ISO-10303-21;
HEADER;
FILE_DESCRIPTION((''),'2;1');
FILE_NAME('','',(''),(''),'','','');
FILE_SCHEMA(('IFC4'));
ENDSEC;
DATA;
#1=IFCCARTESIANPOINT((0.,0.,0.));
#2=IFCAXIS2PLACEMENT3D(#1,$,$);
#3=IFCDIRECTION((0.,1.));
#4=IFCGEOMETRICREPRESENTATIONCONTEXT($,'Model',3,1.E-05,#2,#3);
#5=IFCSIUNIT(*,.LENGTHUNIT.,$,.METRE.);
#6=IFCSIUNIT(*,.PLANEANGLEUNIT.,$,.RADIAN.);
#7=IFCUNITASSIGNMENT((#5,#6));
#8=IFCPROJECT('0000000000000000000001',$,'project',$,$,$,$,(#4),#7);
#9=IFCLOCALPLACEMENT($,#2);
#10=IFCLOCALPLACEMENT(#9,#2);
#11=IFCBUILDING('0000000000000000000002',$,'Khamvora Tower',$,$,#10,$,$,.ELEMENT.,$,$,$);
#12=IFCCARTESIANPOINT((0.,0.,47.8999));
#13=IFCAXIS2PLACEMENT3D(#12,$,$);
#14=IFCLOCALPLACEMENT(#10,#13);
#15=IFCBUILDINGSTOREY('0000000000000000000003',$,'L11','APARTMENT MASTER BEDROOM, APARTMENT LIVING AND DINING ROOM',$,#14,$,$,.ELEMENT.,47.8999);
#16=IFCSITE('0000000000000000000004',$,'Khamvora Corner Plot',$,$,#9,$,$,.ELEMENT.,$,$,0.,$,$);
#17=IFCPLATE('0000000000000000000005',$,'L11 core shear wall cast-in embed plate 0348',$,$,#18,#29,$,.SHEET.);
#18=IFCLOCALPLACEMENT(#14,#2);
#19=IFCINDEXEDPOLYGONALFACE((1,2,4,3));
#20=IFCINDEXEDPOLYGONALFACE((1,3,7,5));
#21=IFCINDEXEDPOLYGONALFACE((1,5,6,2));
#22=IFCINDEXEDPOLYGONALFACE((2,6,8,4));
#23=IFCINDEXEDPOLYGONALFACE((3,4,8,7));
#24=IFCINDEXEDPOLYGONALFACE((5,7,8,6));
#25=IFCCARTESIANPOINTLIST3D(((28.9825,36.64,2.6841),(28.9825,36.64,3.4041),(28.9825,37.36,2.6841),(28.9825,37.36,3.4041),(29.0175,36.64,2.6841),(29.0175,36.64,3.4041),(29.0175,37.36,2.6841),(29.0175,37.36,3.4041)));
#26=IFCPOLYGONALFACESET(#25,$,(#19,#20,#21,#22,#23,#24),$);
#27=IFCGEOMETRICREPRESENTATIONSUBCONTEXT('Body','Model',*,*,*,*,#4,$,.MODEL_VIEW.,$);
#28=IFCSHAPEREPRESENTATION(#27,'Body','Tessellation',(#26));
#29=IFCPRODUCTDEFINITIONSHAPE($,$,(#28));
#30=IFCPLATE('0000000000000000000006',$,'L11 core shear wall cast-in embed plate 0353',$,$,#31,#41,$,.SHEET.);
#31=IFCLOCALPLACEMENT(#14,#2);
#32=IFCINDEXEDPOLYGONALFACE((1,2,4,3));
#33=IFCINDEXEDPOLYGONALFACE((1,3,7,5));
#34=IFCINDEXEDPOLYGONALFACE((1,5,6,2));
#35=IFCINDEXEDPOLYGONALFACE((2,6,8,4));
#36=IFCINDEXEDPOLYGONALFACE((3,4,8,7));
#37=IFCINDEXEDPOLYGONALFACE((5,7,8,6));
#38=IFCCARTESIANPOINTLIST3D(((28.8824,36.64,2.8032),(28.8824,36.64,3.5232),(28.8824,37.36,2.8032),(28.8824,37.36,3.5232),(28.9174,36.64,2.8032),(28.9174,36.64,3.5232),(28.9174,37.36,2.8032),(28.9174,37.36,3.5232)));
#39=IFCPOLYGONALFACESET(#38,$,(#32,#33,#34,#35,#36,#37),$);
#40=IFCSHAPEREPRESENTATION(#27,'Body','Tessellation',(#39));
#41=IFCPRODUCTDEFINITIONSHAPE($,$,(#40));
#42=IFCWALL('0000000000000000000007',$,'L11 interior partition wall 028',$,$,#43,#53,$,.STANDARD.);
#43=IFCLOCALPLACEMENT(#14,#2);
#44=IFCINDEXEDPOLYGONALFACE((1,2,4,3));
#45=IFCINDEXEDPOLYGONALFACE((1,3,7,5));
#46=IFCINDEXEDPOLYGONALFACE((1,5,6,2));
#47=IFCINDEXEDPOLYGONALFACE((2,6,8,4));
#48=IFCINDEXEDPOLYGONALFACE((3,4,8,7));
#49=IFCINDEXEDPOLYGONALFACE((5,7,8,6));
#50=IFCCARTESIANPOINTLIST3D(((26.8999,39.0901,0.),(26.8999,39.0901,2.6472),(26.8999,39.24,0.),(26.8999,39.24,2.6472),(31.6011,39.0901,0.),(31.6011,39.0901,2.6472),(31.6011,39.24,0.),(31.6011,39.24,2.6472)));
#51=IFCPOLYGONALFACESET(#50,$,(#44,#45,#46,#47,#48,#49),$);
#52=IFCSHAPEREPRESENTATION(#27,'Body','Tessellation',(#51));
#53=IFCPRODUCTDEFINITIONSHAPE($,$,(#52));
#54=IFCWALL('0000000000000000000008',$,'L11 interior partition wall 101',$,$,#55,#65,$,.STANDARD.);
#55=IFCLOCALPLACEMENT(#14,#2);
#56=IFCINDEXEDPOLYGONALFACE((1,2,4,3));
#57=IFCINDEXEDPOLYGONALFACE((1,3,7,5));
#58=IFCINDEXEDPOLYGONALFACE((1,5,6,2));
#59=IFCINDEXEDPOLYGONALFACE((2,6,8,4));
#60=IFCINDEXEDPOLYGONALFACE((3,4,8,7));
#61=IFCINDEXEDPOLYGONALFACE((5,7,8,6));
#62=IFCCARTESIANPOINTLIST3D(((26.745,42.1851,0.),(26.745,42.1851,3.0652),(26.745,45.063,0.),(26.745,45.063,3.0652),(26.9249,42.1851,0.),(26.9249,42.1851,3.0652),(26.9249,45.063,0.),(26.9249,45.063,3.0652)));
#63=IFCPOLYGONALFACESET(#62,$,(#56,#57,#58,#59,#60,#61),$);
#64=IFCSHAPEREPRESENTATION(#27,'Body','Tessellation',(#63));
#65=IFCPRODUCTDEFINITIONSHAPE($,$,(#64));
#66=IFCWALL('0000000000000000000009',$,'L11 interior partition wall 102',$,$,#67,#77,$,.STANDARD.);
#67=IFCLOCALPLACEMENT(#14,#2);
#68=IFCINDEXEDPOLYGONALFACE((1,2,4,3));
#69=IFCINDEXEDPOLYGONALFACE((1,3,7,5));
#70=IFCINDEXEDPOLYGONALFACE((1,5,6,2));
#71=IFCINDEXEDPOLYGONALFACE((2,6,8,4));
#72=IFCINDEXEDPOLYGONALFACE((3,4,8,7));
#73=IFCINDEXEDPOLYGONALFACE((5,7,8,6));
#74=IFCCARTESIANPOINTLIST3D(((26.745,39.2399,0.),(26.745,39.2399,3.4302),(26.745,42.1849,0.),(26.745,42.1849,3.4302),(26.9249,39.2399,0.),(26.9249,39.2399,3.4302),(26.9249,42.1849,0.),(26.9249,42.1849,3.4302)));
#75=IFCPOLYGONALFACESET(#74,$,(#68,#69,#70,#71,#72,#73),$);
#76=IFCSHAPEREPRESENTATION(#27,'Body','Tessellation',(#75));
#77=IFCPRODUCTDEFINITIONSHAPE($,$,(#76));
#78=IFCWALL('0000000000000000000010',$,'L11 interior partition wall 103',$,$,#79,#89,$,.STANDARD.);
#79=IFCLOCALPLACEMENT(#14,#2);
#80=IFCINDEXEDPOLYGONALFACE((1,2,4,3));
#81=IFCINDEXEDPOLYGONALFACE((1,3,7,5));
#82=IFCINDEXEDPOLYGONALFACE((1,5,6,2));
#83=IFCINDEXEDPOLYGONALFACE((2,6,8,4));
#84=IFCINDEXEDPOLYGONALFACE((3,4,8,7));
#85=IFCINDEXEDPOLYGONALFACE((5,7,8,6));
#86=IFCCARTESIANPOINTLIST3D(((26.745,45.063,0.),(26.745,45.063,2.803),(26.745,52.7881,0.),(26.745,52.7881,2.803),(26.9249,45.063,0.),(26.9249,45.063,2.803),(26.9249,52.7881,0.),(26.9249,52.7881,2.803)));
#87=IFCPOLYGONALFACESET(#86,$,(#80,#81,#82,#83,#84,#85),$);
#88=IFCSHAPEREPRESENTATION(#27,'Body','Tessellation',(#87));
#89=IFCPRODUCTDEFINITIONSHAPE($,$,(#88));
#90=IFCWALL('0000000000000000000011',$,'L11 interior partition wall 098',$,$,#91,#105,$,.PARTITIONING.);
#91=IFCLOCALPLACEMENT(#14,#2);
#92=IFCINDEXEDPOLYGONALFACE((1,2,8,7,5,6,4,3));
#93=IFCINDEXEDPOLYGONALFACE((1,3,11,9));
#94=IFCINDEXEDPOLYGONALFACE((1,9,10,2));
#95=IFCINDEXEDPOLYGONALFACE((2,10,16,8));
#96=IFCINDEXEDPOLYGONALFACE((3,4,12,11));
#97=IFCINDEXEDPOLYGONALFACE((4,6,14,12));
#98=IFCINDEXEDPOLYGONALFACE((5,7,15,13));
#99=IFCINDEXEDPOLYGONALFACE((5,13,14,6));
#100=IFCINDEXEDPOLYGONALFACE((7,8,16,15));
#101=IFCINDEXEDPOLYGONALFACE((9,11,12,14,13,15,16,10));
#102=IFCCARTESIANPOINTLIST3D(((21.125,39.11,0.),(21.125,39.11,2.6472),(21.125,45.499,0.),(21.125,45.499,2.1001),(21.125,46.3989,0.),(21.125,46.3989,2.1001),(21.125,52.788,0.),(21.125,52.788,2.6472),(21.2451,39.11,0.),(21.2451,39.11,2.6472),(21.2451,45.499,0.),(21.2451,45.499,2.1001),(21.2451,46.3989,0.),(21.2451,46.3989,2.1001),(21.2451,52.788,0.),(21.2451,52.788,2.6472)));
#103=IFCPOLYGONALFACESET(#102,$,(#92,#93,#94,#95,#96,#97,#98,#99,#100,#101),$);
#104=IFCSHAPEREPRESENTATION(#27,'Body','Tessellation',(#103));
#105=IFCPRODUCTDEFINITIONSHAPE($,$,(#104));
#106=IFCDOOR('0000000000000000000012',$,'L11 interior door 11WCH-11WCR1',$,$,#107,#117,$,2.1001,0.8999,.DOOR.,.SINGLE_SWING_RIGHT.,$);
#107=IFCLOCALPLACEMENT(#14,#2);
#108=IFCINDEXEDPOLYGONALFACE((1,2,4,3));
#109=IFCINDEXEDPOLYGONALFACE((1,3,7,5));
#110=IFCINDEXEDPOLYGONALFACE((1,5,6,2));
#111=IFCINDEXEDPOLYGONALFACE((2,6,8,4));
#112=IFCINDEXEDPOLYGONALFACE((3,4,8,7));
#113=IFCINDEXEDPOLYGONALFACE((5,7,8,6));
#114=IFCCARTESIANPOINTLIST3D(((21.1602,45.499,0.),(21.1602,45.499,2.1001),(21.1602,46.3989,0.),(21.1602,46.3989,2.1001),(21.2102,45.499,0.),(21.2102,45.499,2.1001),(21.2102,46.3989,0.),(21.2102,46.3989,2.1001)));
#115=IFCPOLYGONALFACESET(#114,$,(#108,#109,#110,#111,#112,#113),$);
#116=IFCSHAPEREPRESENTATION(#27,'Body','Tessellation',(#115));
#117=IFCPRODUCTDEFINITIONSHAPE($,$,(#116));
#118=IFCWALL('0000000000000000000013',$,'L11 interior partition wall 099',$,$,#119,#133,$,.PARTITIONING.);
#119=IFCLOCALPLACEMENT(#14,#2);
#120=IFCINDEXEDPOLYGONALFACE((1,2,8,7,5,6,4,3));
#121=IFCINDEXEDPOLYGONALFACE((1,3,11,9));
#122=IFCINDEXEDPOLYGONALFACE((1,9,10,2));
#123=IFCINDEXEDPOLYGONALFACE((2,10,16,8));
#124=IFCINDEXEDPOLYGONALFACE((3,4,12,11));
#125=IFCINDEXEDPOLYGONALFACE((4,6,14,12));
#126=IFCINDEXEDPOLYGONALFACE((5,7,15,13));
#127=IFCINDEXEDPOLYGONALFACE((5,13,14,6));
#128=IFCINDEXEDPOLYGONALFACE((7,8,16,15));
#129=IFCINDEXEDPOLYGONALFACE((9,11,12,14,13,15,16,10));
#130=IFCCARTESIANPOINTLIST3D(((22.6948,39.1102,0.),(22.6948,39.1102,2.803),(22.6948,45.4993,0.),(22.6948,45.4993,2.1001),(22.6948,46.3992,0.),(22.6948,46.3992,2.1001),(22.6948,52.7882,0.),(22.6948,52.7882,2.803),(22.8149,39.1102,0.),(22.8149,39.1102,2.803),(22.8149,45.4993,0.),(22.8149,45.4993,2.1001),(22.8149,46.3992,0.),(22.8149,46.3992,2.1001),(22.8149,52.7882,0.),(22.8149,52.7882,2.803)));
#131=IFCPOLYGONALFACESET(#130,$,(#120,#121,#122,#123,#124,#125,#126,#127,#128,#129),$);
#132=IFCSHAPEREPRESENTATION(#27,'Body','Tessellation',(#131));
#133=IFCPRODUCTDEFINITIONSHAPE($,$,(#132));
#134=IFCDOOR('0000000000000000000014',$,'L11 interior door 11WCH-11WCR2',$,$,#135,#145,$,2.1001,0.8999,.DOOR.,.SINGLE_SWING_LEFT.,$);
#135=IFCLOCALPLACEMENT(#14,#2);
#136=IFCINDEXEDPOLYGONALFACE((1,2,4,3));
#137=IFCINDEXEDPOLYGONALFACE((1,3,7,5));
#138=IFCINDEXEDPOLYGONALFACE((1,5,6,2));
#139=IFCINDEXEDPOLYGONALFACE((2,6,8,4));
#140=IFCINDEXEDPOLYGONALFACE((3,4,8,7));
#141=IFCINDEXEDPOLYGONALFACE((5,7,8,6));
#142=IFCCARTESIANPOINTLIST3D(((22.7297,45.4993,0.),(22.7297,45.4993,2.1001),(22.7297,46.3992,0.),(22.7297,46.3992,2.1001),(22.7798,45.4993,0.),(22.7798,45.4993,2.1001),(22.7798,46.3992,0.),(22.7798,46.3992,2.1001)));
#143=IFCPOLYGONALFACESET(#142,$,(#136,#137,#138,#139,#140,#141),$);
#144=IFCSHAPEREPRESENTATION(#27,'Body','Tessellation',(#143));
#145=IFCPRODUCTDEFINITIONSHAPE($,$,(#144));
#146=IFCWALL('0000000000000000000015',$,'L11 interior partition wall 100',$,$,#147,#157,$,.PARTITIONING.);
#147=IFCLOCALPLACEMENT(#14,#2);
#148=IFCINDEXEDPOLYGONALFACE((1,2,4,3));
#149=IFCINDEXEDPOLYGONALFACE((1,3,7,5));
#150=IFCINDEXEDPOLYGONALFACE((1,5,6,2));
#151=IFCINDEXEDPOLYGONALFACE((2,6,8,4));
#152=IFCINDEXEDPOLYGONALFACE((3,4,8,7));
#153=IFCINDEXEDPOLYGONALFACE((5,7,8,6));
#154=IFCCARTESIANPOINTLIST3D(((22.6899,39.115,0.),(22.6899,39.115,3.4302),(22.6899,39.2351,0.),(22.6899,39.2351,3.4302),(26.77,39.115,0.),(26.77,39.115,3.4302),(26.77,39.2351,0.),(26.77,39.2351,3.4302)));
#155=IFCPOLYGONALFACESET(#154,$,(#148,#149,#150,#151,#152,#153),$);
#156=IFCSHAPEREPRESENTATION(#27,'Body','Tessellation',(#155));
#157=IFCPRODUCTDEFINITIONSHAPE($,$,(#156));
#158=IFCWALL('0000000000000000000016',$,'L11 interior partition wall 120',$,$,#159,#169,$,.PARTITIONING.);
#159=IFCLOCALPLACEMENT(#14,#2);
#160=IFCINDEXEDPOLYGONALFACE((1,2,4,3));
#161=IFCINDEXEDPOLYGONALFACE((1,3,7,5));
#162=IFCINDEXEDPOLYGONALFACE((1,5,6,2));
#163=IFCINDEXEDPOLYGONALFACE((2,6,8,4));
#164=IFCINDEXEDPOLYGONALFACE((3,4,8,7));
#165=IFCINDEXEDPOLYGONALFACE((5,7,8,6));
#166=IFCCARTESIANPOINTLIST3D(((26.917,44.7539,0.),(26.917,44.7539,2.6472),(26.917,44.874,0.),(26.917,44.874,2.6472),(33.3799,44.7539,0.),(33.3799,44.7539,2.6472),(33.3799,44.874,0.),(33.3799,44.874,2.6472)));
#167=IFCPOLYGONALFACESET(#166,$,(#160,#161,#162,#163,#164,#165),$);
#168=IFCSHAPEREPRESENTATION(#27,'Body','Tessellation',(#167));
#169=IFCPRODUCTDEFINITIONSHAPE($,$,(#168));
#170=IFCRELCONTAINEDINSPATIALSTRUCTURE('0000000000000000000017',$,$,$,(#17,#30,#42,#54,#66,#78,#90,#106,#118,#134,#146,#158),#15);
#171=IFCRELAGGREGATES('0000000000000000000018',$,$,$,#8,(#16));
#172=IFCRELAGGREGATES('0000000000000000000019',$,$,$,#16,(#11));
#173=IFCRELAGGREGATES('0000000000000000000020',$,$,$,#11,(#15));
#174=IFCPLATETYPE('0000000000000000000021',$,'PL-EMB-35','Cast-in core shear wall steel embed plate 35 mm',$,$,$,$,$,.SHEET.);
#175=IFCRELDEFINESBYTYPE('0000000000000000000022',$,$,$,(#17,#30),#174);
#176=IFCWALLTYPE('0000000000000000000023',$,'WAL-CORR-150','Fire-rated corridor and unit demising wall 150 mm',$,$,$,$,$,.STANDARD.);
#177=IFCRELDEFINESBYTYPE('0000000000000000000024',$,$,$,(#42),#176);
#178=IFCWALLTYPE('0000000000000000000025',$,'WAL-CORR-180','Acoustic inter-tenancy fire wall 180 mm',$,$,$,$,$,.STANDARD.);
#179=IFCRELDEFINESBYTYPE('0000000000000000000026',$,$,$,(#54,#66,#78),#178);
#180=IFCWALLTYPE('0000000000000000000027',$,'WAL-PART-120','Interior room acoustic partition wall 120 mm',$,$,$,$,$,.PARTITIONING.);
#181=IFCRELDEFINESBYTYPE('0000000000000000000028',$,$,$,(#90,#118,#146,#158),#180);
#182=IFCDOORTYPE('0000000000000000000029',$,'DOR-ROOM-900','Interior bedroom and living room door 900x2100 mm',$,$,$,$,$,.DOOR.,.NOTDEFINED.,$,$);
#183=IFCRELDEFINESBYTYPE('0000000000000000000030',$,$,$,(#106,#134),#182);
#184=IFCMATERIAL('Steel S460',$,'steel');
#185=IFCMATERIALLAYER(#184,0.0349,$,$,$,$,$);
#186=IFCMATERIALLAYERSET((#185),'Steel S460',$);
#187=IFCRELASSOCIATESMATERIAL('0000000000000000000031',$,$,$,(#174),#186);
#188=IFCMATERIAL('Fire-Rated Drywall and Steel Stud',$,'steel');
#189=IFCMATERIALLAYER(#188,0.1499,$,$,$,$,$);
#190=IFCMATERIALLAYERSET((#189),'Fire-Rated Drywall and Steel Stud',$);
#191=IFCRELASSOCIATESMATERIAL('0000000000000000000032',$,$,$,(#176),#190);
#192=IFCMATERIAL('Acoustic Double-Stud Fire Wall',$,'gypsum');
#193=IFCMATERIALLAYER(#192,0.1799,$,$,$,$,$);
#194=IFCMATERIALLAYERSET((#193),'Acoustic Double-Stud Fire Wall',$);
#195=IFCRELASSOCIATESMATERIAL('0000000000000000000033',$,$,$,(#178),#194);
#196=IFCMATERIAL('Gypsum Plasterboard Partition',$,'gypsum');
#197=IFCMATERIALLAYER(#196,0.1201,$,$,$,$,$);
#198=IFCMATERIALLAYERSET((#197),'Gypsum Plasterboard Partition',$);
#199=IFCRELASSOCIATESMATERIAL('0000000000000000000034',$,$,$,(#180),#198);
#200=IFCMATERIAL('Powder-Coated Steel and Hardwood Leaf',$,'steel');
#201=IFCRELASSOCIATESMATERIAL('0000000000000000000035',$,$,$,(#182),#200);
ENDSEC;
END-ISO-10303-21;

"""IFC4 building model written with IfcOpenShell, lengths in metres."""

from ifc_helpers import new_model, si_unit, direction, frame, frame_2d, origin, origin_2d, place, context, subcontext, project, spatial, rectangle, extrude, material, layer, layer_set, type_object, element, fill, save


model = new_model("IFC4")

# Units and contexts
model_context = context("Model", 3, precision=1e-05, world=origin(), true_north=direction((0.0, 1.0)))
body_context = subcontext(model_context, "Body", "Model", "MODEL_VIEW")
ifc_project = project(units=[si_unit("LENGTHUNIT", "METRE"), si_unit("PLANEANGLEUNIT", "RADIAN")], contexts=[model_context])

# Site, building, storey
site_placement = place(None, origin())
site = spatial("IfcSite", under=ifc_project, at=site_placement, Name="Khamvora Corner Plot", CompositionType="ELEMENT", RefElevation=0.0)
building_placement = place(site_placement, origin())
building = spatial("IfcBuilding", under=site, at=building_placement, Name="Khamvora Tower", CompositionType="ELEMENT")
storey_placement = place(building_placement, frame((0.0, 0.0, 47.8999)))
storey = spatial("IfcBuildingStorey", under=building, at=storey_placement, Name="L11", Description="APARTMENT MASTER BEDROOM, APARTMENT LIVING AND DINING ROOM", CompositionType="ELEMENT", Elevation=47.8999)

# Shared definitions
ifc_material_1 = material(Name="Steel S460", Category="steel")

# Plates
ifc_layer_1 = layer(ifc_material_1, 0.0349)
ifc_layer_set_1 = layer_set([ifc_layer_1], Name="Steel S460")
plate_type = type_object("IfcPlateType", Name="PL-EMB-35", Description="Cast-in core shear wall steel embed plate 35 mm", PredefinedType="SHEET", material=ifc_layer_set_1)
for number, where, z_axis, x_axis, name in (
    (1, (29.0, 37.0, 2.6841), (0.0, 0.0, 1.0), (1.0, 0.0, 0.0), "L11 core shear wall cast-in embed plate 0348"),
    (2, (28.8999, 37.0, 2.8032), (0.0, 0.0, 1.0), (1.0, 0.0, 0.0), "L11 core shear wall cast-in embed plate 0353"),
):
    element("IfcPlate", number, at=place(storey_placement, frame(where, z_axis=z_axis, x_axis=x_axis)), inside=storey, type_object=plate_type, Name=name, PredefinedType="SHEET", context=body_context, shape_type="SweptSolid", body=[
        extrude(rectangle(XDim=0.0349, YDim=0.72, at=origin_2d()), origin(), (0.0, 0.0, 1.0), 0.72),
    ])

# Walls
ifc_material_2 = material(Name="Fire-Rated Drywall and Steel Stud", Category="steel")
ifc_layer_2 = layer(ifc_material_2, 0.1499)
ifc_layer_set_2 = layer_set([ifc_layer_2], Name="Fire-Rated Drywall and Steel Stud")
wall_type_1 = type_object("IfcWallType", Name="WAL-CORR-150", Description="Fire-rated corridor and unit demising wall 150 mm", PredefinedType="STANDARD", material=ifc_layer_set_2)
wall_1_placement = place(storey_placement, frame((26.8999, 39.165, 0.0), z_axis=(0.0, 0.0, 1.0), x_axis=(1.0, 0.0, 0.0)))
element("IfcWall", 3, at=wall_1_placement, inside=storey, type_object=wall_type_1, Name="L11 interior partition wall 028", PredefinedType="STANDARD", context=body_context, shape_type="SweptSolid", body=[
    extrude(rectangle(XDim=4.7012, YDim=0.1499, at=frame_2d((2.3506, 0.0))), origin(), (0.0, 0.0, 1.0), 2.6472),
])
ifc_material_3 = material(Name="Acoustic Double-Stud Fire Wall", Category="gypsum")
ifc_layer_3 = layer(ifc_material_3, 0.1799)
ifc_layer_set_3 = layer_set([ifc_layer_3], Name="Acoustic Double-Stud Fire Wall")
wall_type_2 = type_object("IfcWallType", Name="WAL-CORR-180", Description="Acoustic inter-tenancy fire wall 180 mm", PredefinedType="STANDARD", material=ifc_layer_set_3)
wall_2_placement = place(storey_placement, frame((26.835, 45.063, 0.0), z_axis=(0.0, 0.0, 1.0), x_axis=(0.0, -1.0, 0.0)))
element("IfcWall", 4, at=wall_2_placement, inside=storey, type_object=wall_type_2, Name="L11 interior partition wall 101", PredefinedType="STANDARD", context=body_context, shape_type="SweptSolid", body=[
    extrude(rectangle(XDim=2.8779, YDim=0.1799, at=frame_2d((1.439, 0.0))), origin(), (0.0, 0.0, 1.0), 3.0652),
])
wall_3_placement = place(storey_placement, frame((26.835, 42.1851, 0.0), z_axis=(0.0, 0.0, 1.0), x_axis=(0.0, -1.0, 0.0)))
element("IfcWall", 5, at=wall_3_placement, inside=storey, type_object=wall_type_2, Name="L11 interior partition wall 102", PredefinedType="STANDARD", context=body_context, shape_type="SweptSolid", body=[
    extrude(rectangle(XDim=2.9451, YDim=0.1799, at=frame_2d((1.4727, 0.0))), origin(), (0.0, 0.0, 1.0), 3.4302),
])
wall_4_placement = place(storey_placement, frame((26.835, 52.7881, 0.0), z_axis=(0.0, 0.0, 1.0), x_axis=(0.0, -1.0, 0.0)))
element("IfcWall", 6, at=wall_4_placement, inside=storey, type_object=wall_type_2, Name="L11 interior partition wall 103", PredefinedType="STANDARD", context=body_context, shape_type="SweptSolid", body=[
    extrude(rectangle(XDim=7.7251, YDim=0.1799, at=frame_2d((3.8625, 0.0))), origin(), (0.0, 0.0, 1.0), 2.803),
])

# Walls, openings, doors
ifc_material_4 = material(Name="Gypsum Plasterboard Partition", Category="gypsum")
ifc_layer_4 = layer(ifc_material_4, 0.1201)
ifc_layer_set_4 = layer_set([ifc_layer_4], Name="Gypsum Plasterboard Partition")
wall_type_3 = type_object("IfcWallType", Name="WAL-PART-120", Description="Interior room acoustic partition wall 120 mm", PredefinedType="PARTITIONING", material=ifc_layer_set_4)
wall_5_placement = place(storey_placement, frame((21.1851, 39.1101, 0.0), z_axis=(0.0, 0.0, 1.0), x_axis=(0.0, 1.0, 0.0)))
wall_5 = element("IfcWall", 7, at=wall_5_placement, inside=storey, type_object=wall_type_3, Name="L11 interior partition wall 098", PredefinedType="PARTITIONING", context=body_context, shape_type="SweptSolid", body=[
    extrude(rectangle(XDim=13.678, YDim=0.1201, at=frame_2d((6.8389, 0.0))), origin(), (0.0, 0.0, 1.0), 2.6472),
])
opening_1_placement = place(wall_5_placement, frame((6.3889, 0.0, 0.0)))
opening_1 = element("IfcOpeningElement", 8, at=opening_1_placement, cuts=wall_5, PredefinedType="OPENING", context=body_context, shape_type="SweptSolid", body=[
    extrude(rectangle(XDim=0.8999, YDim=2.1001, at=frame_2d((0.45, 1.05))), frame((0.0, 0.0701, 0.0), z_axis=(0.0, -1.0, 0.0), x_axis=(1.0, 0.0, 0.0)), (0.0, 0.0, 1.0), 0.1401),
])
ifc_material_5 = material(Name="Powder-Coated Steel and Hardwood Leaf", Category="steel")
door_type_1 = type_object("IfcDoorType", Name="DOR-ROOM-900", Description="Interior bedroom and living room door 900x2100 mm", OperationType="NOTDEFINED", PredefinedType="DOOR", material=ifc_material_5)
door_1_placement = place(opening_1_placement, origin())
door_1 = element("IfcDoor", 9, at=door_1_placement, inside=storey, type_object=door_type_1, Name="L11 interior door 11WCH-11WCR1", OperationType="SINGLE_SWING_RIGHT", OverallHeight=2.1001, OverallWidth=0.8999, PredefinedType="DOOR", context=body_context, shape_type="SweptSolid", body=[
    extrude(rectangle(XDim=0.8999, YDim=2.1001, at=frame_2d((0.45, 1.05))), frame((0.0, 0.0249, 0.0), z_axis=(0.0, -1.0, 0.0), x_axis=(1.0, 0.0, 0.0)), (0.0, 0.0, 1.0), 0.05),
])
fill(opening_1, door_1)
wall_6_placement = place(storey_placement, frame((22.7549, 52.7881, 0.0), z_axis=(0.0, 0.0, 1.0), x_axis=(0.0, -1.0, 0.0)))
wall_6 = element("IfcWall", 10, at=wall_6_placement, inside=storey, type_object=wall_type_3, Name="L11 interior partition wall 099", PredefinedType="PARTITIONING", context=body_context, shape_type="SweptSolid", body=[
    extrude(rectangle(XDim=13.678, YDim=0.1201, at=frame_2d((6.8389, 0.0))), origin(), (0.0, 0.0, 1.0), 2.803),
])
opening_2_placement = place(wall_6_placement, frame((6.3889, 0.0, 0.0)))
opening_2 = element("IfcOpeningElement", 11, at=opening_2_placement, cuts=wall_6, PredefinedType="OPENING", context=body_context, shape_type="SweptSolid", body=[
    extrude(rectangle(XDim=0.8999, YDim=2.1001, at=frame_2d((0.45, 1.05))), frame((0.0, 0.0701, 0.0), z_axis=(0.0, -1.0, 0.0), x_axis=(1.0, 0.0, 0.0)), (0.0, 0.0, 1.0), 0.1401),
])
door_2_placement = place(opening_2_placement, origin())
door_2 = element("IfcDoor", 12, at=door_2_placement, inside=storey, type_object=door_type_1, Name="L11 interior door 11WCH-11WCR2", OperationType="SINGLE_SWING_LEFT", OverallHeight=2.1001, OverallWidth=0.8999, PredefinedType="DOOR", context=body_context, shape_type="SweptSolid", body=[
    extrude(rectangle(XDim=0.8999, YDim=2.1001, at=frame_2d((0.45, 1.05))), frame((0.0, 0.0249, 0.0), z_axis=(0.0, -1.0, 0.0), x_axis=(1.0, 0.0, 0.0)), (0.0, 0.0, 1.0), 0.05),
])
fill(opening_2, door_2)

# Walls
wall_7_placement = place(storey_placement, frame((22.6899, 39.175, 0.0), z_axis=(0.0, 0.0, 1.0), x_axis=(1.0, 0.0, 0.0)))
element("IfcWall", 13, at=wall_7_placement, inside=storey, type_object=wall_type_3, Name="L11 interior partition wall 100", PredefinedType="PARTITIONING", context=body_context, shape_type="SweptSolid", body=[
    extrude(rectangle(XDim=4.0801, YDim=0.1201, at=frame_2d((2.04, 0.0))), origin(), (0.0, 0.0, 1.0), 3.4302),
])
wall_8_placement = place(storey_placement, frame((26.917, 44.814, 0.0), z_axis=(0.0, 0.0, 1.0), x_axis=(1.0, 0.0, 0.0)))
element("IfcWall", 14, at=wall_8_placement, inside=storey, type_object=wall_type_3, Name="L11 interior partition wall 120", PredefinedType="PARTITIONING", context=body_context, shape_type="SweptSolid", body=[
    extrude(rectangle(XDim=6.4629, YDim=0.1201, at=frame_2d((3.2314, 0.0))), origin(), (0.0, 0.0, 1.0), 2.6472),
])

save(model, "model.ifc")
